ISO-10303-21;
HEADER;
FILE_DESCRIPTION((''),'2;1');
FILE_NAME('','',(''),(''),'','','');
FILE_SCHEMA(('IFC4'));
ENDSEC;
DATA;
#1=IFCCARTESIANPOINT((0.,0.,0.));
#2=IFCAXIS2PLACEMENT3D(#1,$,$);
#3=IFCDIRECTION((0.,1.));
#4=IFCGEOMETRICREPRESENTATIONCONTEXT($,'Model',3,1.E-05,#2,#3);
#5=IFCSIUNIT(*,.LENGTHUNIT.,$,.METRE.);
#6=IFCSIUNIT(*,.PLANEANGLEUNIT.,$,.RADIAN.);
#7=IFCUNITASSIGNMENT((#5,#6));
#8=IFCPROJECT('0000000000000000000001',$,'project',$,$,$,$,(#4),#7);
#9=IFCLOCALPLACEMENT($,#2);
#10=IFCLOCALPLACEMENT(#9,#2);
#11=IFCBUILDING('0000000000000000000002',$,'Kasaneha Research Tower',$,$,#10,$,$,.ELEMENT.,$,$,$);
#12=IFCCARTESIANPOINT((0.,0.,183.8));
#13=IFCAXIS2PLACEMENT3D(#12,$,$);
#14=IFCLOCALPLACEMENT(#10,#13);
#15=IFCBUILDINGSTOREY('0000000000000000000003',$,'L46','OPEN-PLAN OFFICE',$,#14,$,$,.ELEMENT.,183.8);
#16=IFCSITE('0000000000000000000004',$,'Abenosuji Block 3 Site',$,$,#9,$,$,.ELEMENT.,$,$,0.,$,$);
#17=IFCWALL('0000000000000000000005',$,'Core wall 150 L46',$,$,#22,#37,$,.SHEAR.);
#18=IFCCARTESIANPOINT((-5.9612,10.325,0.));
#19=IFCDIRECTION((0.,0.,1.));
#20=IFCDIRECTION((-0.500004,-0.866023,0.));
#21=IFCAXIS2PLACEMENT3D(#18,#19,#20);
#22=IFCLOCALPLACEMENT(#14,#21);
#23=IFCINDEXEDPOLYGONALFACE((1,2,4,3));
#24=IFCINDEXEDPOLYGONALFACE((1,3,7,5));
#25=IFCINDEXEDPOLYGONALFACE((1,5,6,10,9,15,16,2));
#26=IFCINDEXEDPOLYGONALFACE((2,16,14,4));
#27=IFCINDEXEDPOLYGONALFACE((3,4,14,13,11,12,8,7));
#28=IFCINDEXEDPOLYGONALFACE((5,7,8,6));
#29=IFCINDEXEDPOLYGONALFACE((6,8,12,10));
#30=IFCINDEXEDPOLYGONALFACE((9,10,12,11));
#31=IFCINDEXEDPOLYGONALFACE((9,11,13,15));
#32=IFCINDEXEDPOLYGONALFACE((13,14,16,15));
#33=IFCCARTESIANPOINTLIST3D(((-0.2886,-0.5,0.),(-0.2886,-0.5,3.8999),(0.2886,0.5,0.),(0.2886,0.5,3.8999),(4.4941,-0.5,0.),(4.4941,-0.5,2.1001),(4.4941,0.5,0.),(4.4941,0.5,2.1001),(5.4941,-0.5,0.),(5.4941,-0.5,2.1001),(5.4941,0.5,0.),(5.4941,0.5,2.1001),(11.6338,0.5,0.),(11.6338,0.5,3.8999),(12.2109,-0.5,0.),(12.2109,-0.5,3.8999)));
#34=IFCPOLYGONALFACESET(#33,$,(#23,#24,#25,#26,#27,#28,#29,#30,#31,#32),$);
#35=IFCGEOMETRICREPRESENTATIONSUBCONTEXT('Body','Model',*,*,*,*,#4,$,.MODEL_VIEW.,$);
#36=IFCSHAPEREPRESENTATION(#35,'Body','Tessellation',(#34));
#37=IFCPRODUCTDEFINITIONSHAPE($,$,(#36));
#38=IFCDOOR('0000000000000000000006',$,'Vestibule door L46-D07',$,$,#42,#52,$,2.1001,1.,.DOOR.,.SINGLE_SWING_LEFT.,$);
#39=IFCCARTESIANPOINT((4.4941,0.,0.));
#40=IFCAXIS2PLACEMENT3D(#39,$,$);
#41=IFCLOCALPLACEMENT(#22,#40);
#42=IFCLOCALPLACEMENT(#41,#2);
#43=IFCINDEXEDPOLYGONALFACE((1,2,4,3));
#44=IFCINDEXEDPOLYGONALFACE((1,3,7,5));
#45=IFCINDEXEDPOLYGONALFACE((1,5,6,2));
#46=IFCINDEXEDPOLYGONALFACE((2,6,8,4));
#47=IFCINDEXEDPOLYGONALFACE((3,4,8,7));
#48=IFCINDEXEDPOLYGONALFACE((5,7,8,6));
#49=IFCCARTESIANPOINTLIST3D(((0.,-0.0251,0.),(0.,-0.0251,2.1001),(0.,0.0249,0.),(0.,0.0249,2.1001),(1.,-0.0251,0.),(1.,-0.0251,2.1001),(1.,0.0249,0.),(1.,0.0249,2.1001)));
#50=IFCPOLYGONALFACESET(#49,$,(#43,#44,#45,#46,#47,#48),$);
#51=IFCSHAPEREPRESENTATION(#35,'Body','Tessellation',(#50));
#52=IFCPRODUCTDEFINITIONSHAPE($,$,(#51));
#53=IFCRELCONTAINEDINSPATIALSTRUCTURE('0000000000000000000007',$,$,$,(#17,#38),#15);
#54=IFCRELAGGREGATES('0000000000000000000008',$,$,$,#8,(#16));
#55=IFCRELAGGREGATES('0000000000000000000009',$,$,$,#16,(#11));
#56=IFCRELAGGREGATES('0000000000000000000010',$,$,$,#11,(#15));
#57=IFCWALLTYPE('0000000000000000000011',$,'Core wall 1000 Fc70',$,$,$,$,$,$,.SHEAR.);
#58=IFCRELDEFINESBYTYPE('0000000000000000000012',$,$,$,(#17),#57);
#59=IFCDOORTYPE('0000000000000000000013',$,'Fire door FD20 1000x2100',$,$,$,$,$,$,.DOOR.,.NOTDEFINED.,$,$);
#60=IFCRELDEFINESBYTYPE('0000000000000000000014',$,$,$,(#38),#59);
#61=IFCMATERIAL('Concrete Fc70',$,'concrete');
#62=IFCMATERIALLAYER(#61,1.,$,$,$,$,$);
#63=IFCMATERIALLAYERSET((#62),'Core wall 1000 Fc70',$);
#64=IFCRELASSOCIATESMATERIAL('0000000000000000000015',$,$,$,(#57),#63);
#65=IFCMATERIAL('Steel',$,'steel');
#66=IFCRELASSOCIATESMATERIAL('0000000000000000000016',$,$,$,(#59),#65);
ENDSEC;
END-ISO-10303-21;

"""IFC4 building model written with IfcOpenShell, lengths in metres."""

from ifc_helpers import new_model, si_unit, direction, frame, frame_2d, origin, place, context, subcontext, project, spatial, polyline, rectangle, outline, extrude, material, layer, layer_set, type_object, element, fill, save


model = new_model("IFC4")

# Units and contexts
model_context = context("Model", 3, precision=1e-05, world=origin(), true_north=direction((0.0, 1.0)))
body_context = subcontext(model_context, "Body", "Model", "MODEL_VIEW")
ifc_project = project(units=[si_unit("LENGTHUNIT", "METRE"), si_unit("PLANEANGLEUNIT", "RADIAN")], contexts=[model_context])

# Site, building, storey
site_placement = place(None, origin())
site = spatial("IfcSite", under=ifc_project, at=site_placement, Name="Abenosuji Block 3 Site", CompositionType="ELEMENT", RefElevation=0.0)
building_placement = place(site_placement, origin())
building = spatial("IfcBuilding", under=site, at=building_placement, Name="Kasaneha Research Tower", CompositionType="ELEMENT")
storey_placement = place(building_placement, frame((0.0, 0.0, 183.8)))
storey = spatial("IfcBuildingStorey", under=building, at=storey_placement, Name="L46", Description="OPEN-PLAN OFFICE", CompositionType="ELEMENT", Elevation=183.8)

# Wall, opening, door
ifc_material_1 = material(Name="Concrete Fc70", Category="concrete")
ifc_layer_1 = layer(ifc_material_1, 1.0)
ifc_layer_set_1 = layer_set([ifc_layer_1], Name="Core wall 1000 Fc70")
wall_type_1 = type_object("IfcWallType", Name="Core wall 1000 Fc70", PredefinedType="SHEAR", material=ifc_layer_set_1)
wall_1_placement = place(storey_placement, frame((-5.9612, 10.325, 0.0), z_axis=(0.0, 0.0, 1.0), x_axis=(-0.500004, -0.866023, 0.0)))
wall_1 = element("IfcWall", 1, at=wall_1_placement, inside=storey, type_object=wall_type_1, Name="Core wall 150 L46", PredefinedType="SHEAR", context=body_context, shape_type="SweptSolid", body=[
    extrude(outline(polyline([(-0.2886, -0.5), (4.4941, -0.5), (5.4941, -0.5), (12.2109, -0.5), (11.6338, 0.5), (5.4941, 0.5), (4.4941, 0.5), (0.2886, 0.5), (-0.2886, -0.5)])), origin(), (0.0, 0.0, 1.0), 3.8999),
])
opening_1_placement = place(wall_1_placement, frame((4.4941, 0.0, 0.0)))
opening_1 = element("IfcOpeningElement", 2, at=opening_1_placement, cuts=wall_1, PredefinedType="OPENING", context=body_context, shape_type="SweptSolid", body=[
    extrude(rectangle(XDim=1.0, YDim=2.1001, at=frame_2d((0.5, 1.05))), frame((0.0, 0.51, 0.0), z_axis=(0.0, -1.0, 0.0), x_axis=(1.0, 0.0, 0.0)), (0.0, 0.0, 1.0), 1.02),
])
ifc_material_2 = material(Name="Steel", Category="steel")
door_type_1 = type_object("IfcDoorType", Name="Fire door FD20 1000x2100", OperationType="NOTDEFINED", PredefinedType="DOOR", material=ifc_material_2)
door_1_placement = place(opening_1_placement, origin())
door_1 = element("IfcDoor", 3, at=door_1_placement, inside=storey, type_object=door_type_1, Name="Vestibule door L46-D07", OperationType="SINGLE_SWING_LEFT", OverallHeight=2.1001, OverallWidth=1.0, PredefinedType="DOOR", context=body_context, shape_type="SweptSolid", body=[
    extrude(rectangle(XDim=1.0, YDim=2.1001, at=frame_2d((0.5, 1.05))), frame((0.0, 0.0249, 0.0), z_axis=(0.0, -1.0, 0.0), x_axis=(1.0, 0.0, 0.0)), (0.0, 0.0, 1.0), 0.05),
])
fill(opening_1, door_1)

save(model, "model.ifc")
